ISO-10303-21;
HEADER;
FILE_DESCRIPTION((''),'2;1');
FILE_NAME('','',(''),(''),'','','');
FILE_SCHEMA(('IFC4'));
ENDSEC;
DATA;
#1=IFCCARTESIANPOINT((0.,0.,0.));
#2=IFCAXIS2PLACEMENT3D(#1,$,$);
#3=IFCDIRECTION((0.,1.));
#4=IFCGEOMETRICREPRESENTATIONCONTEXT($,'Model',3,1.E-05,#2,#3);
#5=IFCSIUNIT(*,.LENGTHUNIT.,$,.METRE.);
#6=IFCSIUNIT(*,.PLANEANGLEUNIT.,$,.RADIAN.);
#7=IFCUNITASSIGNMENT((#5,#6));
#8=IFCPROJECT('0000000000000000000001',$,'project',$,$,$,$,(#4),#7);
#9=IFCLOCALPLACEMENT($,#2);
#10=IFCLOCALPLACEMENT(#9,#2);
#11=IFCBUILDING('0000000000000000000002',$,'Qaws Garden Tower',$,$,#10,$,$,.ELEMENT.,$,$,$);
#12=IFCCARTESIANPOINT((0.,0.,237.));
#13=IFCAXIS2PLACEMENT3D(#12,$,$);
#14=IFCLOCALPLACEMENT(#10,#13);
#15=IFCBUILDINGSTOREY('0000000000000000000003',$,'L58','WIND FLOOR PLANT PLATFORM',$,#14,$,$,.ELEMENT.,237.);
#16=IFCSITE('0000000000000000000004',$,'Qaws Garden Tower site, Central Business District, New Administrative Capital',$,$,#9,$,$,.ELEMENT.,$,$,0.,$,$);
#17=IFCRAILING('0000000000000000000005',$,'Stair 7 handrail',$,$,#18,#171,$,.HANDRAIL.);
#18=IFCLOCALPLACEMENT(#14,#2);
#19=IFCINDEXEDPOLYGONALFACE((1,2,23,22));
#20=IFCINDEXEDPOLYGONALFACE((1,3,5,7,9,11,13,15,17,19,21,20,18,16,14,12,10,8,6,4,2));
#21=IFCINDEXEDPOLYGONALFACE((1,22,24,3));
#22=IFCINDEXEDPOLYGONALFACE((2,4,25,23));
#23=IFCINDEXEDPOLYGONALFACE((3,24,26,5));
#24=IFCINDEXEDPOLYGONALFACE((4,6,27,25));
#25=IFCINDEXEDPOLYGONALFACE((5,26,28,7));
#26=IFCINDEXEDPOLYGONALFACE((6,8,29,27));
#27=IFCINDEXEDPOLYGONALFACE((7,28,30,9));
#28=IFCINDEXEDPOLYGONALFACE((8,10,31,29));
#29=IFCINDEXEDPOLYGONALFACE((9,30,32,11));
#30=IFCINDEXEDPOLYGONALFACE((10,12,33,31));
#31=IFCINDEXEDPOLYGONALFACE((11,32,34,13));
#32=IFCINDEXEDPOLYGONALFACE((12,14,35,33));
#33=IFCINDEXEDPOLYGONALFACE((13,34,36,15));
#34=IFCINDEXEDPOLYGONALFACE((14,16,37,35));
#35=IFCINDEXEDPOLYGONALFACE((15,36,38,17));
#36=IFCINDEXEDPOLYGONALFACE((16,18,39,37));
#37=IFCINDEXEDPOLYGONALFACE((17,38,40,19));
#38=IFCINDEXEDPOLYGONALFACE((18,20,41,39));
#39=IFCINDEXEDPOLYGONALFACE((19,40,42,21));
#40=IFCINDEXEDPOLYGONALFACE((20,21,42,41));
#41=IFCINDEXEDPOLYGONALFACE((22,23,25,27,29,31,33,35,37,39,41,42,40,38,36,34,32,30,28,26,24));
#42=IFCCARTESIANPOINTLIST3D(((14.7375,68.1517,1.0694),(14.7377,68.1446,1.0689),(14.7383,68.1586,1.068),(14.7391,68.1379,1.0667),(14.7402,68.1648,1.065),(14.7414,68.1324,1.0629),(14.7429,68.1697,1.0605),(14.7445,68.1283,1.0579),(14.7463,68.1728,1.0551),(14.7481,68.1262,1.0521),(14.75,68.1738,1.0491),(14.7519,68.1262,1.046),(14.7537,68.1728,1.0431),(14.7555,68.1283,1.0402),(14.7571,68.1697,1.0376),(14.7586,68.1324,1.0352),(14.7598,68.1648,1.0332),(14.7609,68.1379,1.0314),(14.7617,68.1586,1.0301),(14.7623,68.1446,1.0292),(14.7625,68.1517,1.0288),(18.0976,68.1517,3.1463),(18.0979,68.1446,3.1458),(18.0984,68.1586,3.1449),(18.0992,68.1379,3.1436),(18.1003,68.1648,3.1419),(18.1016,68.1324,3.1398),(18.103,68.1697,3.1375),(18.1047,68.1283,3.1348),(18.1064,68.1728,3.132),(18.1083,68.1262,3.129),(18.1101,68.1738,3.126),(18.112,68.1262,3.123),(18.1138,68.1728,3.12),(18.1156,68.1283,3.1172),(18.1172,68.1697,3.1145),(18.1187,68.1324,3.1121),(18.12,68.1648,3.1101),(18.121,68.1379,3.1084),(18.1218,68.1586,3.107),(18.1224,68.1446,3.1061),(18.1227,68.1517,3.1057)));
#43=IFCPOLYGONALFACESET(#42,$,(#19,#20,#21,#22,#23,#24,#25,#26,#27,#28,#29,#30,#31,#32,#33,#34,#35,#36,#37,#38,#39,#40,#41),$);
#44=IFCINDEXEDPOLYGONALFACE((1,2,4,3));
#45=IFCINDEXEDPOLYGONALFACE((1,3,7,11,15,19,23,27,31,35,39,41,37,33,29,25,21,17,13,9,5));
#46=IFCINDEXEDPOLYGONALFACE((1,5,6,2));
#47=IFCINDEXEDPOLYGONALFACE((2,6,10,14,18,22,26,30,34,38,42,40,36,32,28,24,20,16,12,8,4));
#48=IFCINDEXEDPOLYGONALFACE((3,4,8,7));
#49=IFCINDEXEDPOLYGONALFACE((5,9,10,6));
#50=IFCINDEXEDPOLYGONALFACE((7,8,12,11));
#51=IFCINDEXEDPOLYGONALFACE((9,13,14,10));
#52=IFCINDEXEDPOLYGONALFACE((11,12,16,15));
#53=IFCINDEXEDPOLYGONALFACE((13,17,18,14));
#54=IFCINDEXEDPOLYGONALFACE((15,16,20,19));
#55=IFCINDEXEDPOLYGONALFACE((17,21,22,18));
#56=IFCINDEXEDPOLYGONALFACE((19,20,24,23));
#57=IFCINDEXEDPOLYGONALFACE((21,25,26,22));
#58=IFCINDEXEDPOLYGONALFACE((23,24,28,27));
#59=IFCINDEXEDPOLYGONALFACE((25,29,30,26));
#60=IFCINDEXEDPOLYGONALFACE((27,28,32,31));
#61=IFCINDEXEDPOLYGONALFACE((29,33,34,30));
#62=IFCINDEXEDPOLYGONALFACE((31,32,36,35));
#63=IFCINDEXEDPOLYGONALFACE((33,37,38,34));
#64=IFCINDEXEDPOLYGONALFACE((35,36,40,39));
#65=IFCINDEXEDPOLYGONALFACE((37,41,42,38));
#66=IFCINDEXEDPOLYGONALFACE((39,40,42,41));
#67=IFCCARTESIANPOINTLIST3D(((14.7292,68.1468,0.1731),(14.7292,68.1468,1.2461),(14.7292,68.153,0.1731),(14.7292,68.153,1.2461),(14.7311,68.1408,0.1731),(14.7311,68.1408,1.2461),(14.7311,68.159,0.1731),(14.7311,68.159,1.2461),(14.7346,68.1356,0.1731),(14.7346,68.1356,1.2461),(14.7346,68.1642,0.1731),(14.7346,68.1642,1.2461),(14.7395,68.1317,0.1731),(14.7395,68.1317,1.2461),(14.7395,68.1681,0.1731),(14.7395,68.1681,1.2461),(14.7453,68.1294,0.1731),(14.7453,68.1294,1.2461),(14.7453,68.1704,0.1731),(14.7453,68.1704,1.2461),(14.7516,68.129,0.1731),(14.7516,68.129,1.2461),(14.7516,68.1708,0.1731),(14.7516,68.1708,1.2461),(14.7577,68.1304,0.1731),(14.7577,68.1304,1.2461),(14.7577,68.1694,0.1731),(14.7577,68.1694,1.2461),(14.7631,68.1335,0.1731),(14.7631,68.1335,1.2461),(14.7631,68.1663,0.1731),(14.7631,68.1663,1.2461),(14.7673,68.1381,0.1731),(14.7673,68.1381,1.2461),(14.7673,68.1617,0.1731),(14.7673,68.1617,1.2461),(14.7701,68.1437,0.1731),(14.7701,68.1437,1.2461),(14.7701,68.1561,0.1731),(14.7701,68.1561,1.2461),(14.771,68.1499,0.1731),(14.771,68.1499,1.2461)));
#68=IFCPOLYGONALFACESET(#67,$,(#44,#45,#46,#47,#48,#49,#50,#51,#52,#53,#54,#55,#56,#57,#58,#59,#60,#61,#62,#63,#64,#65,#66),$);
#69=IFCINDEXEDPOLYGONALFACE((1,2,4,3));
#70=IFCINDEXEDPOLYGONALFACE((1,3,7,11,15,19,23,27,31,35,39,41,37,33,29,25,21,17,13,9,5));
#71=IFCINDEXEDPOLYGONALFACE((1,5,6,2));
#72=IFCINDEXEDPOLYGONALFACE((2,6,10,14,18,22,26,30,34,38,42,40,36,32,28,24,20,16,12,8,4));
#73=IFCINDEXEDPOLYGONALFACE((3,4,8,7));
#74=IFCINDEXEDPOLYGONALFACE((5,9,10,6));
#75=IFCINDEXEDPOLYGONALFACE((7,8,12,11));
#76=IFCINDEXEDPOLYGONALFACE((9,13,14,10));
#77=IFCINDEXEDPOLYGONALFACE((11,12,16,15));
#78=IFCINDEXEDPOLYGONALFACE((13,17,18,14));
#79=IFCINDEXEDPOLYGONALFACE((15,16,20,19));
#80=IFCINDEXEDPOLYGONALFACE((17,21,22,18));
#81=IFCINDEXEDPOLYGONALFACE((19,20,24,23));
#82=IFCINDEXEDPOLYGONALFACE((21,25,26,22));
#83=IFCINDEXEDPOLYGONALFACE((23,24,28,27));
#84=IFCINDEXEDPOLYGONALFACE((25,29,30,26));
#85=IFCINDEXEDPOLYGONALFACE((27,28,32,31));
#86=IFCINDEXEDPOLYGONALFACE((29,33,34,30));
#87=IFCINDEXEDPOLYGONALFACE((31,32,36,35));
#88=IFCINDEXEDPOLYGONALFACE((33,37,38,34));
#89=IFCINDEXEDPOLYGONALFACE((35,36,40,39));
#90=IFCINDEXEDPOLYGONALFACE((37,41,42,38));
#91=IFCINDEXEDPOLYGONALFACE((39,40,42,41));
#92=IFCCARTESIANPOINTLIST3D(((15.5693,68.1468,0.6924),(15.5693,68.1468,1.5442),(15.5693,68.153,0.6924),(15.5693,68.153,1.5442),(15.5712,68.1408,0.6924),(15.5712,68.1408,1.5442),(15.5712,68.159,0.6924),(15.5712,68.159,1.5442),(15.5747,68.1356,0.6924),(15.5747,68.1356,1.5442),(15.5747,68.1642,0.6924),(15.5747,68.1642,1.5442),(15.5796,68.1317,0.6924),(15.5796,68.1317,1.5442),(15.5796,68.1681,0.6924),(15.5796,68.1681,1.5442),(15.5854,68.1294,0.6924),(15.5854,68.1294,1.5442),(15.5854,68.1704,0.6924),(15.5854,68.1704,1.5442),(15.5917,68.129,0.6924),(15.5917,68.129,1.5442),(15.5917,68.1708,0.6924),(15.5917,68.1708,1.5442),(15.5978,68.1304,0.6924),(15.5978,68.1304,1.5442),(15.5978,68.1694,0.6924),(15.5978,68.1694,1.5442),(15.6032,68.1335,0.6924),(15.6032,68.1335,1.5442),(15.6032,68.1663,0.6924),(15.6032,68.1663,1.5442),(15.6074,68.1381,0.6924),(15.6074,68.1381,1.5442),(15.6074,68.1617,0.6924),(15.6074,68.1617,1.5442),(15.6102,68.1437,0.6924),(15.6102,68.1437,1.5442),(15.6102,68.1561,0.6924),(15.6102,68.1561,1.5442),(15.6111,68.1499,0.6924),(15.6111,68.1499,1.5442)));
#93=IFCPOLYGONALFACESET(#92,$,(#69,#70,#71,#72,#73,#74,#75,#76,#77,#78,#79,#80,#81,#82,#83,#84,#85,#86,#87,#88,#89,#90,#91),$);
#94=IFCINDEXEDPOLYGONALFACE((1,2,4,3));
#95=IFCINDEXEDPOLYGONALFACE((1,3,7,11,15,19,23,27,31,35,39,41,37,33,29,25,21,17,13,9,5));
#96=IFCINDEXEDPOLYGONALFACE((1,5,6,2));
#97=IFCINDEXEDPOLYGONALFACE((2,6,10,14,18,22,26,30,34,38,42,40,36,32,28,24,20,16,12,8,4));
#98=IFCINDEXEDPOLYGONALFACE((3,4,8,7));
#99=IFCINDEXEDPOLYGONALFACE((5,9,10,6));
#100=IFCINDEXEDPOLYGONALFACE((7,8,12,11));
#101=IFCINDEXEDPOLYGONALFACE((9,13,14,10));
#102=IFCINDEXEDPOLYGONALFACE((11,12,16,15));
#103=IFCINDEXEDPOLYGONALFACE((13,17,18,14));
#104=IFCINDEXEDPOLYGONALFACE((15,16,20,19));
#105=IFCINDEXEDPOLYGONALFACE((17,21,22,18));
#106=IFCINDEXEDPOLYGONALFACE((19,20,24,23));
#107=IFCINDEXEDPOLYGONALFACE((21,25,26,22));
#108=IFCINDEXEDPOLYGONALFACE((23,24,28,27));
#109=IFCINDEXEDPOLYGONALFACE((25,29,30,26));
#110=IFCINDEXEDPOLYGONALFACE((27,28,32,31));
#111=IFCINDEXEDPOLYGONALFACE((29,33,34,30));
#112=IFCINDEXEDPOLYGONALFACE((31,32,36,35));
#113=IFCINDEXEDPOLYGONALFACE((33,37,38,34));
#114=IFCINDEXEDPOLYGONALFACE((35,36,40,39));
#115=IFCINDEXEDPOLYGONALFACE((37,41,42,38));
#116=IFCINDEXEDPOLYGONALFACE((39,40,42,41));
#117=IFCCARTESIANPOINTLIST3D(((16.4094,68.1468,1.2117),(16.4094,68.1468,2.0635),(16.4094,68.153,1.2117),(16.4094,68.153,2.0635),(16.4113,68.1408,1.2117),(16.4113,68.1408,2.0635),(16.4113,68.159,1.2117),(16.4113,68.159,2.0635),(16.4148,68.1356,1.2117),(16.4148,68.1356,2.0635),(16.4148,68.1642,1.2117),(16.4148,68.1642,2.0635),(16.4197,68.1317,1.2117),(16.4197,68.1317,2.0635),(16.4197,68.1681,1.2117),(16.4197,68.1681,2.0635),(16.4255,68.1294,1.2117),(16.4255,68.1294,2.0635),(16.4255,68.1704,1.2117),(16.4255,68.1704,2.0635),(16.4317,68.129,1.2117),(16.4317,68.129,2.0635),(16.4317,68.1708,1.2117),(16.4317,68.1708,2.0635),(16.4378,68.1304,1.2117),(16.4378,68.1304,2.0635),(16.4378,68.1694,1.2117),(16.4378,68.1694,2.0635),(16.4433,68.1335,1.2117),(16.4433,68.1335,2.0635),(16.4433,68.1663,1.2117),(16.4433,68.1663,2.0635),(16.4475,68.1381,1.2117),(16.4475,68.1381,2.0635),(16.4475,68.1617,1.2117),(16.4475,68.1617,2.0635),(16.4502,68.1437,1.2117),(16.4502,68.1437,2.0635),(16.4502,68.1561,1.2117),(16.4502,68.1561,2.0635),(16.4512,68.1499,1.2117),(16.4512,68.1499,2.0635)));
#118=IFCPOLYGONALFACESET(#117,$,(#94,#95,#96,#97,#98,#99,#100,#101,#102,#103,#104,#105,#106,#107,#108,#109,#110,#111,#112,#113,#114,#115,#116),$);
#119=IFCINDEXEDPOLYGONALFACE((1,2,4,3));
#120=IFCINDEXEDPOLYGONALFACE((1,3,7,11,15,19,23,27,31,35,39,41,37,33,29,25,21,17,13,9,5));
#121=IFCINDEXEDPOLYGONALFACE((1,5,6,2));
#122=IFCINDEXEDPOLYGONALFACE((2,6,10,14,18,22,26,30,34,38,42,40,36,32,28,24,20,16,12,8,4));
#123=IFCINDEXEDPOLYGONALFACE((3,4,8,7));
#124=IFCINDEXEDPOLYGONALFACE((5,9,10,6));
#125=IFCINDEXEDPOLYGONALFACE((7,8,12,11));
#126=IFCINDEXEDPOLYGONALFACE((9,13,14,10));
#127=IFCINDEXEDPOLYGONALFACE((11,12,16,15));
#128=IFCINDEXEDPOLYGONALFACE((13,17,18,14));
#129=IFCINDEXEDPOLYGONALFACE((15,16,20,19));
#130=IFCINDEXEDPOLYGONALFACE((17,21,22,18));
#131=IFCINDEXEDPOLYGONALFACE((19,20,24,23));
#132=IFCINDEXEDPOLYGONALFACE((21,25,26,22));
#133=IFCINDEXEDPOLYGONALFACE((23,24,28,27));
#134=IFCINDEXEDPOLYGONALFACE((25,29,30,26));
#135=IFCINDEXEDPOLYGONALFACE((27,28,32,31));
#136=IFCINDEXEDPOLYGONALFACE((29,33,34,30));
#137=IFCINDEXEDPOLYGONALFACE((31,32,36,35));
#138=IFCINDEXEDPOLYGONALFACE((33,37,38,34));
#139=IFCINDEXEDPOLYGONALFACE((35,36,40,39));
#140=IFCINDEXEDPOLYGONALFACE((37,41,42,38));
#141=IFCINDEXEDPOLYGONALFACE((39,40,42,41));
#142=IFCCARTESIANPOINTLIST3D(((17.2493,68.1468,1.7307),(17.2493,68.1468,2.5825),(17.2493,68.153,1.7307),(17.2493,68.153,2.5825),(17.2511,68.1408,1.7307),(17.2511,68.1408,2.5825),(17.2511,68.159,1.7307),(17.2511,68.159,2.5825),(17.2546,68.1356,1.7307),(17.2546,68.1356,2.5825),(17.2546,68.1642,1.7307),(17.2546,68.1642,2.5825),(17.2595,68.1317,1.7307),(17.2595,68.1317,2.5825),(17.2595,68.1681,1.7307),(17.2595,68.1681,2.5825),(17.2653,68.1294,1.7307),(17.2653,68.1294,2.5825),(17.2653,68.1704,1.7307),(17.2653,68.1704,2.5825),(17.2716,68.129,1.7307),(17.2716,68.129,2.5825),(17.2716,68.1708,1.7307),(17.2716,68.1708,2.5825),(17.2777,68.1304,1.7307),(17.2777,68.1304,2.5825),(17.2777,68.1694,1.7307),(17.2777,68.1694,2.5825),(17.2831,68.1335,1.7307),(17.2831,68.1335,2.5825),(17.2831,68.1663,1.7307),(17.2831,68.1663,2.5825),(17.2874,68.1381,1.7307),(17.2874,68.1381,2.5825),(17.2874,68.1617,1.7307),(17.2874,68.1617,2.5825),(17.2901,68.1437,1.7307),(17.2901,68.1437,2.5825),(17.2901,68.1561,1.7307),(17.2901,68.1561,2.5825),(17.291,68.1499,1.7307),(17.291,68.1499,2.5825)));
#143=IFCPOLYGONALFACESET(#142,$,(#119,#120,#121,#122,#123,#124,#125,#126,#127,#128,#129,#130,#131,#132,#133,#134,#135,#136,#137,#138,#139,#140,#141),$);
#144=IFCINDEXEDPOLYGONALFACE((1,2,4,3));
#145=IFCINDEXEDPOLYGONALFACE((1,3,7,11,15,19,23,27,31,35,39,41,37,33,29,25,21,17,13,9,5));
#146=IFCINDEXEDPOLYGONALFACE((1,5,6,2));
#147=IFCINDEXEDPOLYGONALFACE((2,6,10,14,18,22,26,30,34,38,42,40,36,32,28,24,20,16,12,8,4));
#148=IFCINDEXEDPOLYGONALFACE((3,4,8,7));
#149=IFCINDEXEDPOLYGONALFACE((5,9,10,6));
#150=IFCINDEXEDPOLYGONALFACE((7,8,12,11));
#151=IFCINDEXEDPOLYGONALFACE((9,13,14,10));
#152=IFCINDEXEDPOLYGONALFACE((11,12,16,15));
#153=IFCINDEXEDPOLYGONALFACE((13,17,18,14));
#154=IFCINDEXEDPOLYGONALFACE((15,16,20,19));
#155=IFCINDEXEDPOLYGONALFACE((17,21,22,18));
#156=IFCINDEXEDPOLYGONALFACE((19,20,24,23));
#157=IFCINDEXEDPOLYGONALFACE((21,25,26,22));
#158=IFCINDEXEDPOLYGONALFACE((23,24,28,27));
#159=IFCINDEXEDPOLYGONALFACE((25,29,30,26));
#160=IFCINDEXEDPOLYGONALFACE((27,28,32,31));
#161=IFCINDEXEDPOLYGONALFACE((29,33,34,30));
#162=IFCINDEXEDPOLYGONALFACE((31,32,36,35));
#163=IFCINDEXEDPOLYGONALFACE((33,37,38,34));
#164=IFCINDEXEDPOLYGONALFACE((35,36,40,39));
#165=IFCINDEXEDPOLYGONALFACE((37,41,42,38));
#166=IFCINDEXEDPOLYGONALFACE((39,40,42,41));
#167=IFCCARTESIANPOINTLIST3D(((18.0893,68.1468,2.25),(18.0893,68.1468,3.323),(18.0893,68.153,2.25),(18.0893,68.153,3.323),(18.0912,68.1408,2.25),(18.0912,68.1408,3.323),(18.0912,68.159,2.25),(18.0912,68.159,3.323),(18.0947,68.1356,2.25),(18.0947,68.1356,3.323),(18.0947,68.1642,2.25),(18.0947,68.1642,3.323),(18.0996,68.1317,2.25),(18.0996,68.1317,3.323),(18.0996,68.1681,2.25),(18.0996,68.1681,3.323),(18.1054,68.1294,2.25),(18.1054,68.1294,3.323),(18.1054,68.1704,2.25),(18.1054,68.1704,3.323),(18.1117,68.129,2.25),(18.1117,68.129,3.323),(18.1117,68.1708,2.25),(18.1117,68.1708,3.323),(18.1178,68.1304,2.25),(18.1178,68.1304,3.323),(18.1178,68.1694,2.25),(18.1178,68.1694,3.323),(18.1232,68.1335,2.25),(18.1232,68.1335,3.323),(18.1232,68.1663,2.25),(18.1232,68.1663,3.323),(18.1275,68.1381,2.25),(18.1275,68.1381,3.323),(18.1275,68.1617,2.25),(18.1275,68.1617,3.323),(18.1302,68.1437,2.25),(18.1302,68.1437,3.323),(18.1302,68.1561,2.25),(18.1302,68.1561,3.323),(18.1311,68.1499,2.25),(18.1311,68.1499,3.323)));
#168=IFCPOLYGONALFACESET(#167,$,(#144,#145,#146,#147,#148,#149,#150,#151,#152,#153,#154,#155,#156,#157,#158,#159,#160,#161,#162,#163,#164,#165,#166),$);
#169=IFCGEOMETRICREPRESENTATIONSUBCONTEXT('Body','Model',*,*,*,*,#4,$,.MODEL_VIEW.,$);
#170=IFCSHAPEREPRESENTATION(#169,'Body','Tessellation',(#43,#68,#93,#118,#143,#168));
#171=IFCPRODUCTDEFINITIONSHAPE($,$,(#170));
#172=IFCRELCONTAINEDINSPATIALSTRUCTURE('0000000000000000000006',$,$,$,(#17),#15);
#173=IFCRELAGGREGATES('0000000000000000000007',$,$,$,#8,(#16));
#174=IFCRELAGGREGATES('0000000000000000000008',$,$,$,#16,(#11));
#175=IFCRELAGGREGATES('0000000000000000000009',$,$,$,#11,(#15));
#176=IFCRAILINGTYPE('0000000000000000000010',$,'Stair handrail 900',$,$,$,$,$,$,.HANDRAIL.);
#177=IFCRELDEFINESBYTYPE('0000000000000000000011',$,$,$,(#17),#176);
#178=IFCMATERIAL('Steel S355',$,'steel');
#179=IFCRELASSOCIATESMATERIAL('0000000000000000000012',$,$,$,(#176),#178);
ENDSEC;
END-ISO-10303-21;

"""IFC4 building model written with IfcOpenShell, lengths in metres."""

from ifc_helpers import new_model, si_unit, direction, frame, origin, origin_2d, place, context, subcontext, project, spatial, circle, extrude, material, type_object, element, save


model = new_model("IFC4")

# Units and contexts
model_context = context("Model", 3, precision=1e-05, world=origin(), true_north=direction((0.0, 1.0)))
body_context = subcontext(model_context, "Body", "Model", "MODEL_VIEW")
ifc_project = project(units=[si_unit("LENGTHUNIT", "METRE"), si_unit("PLANEANGLEUNIT", "RADIAN")], contexts=[model_context])

# Site, building, storey
site_placement = place(None, origin())
site = spatial("IfcSite", under=ifc_project, at=site_placement, Name="Qaws Garden Tower site, Central Business District, New Administrative Capital", CompositionType="ELEMENT", RefElevation=0.0)
building_placement = place(site_placement, origin())
building = spatial("IfcBuilding", under=site, at=building_placement, Name="Qaws Garden Tower", CompositionType="ELEMENT")
storey_placement = place(building_placement, frame((0.0, 0.0, 237.0)))
storey = spatial("IfcBuildingStorey", under=building, at=storey_placement, Name="L58", Description="WIND FLOOR PLANT PLATFORM", CompositionType="ELEMENT", Elevation=237.0)

# Railing
ifc_material_1 = material(Name="Steel S355", Category="steel")
railing_type_1 = type_object("IfcRailingType", Name="Stair handrail 900", PredefinedType="HANDRAIL", material=ifc_material_1)
for number, where, name in (
    (1, (14.75, 68.1499, 0.1731), "Stair 7 handrail"),
):
    element("IfcRailing", number, at=place(storey_placement, frame(where)), inside=storey, type_object=railing_type_1, Name=name, PredefinedType="HANDRAIL", context=body_context, shape_type="SweptSolid", body=[
        extrude(circle(Radius=0.0239, at=origin_2d()), frame((0.0, 0.0, 0.876), z_axis=(0.850623, 0.0, 0.525776), x_axis=(0.0, 1.0, 0.0)), (0.0, 0.0, 1.0), 3.9502),
        extrude(circle(Radius=0.021, at=origin_2d()), origin(), (0.0, 0.0, 1.0), 1.073),
        extrude(circle(Radius=0.021, at=origin_2d()), frame((0.8401, 0.0, 0.5193)), (0.0, 0.0, 1.0), 0.8518),
        extrude(circle(Radius=0.021, at=origin_2d()), frame((1.6802, 0.0, 1.0386)), (0.0, 0.0, 1.0), 0.8518),
        extrude(circle(Radius=0.021, at=origin_2d()), frame((2.52, 0.0, 1.5576)), (0.0, 0.0, 1.0), 0.8518),
        extrude(circle(Radius=0.021, at=origin_2d()), frame((3.3601, 0.0, 2.0769)), (0.0, 0.0, 1.0), 1.073),
    ])

save(model, "model.ifc")
